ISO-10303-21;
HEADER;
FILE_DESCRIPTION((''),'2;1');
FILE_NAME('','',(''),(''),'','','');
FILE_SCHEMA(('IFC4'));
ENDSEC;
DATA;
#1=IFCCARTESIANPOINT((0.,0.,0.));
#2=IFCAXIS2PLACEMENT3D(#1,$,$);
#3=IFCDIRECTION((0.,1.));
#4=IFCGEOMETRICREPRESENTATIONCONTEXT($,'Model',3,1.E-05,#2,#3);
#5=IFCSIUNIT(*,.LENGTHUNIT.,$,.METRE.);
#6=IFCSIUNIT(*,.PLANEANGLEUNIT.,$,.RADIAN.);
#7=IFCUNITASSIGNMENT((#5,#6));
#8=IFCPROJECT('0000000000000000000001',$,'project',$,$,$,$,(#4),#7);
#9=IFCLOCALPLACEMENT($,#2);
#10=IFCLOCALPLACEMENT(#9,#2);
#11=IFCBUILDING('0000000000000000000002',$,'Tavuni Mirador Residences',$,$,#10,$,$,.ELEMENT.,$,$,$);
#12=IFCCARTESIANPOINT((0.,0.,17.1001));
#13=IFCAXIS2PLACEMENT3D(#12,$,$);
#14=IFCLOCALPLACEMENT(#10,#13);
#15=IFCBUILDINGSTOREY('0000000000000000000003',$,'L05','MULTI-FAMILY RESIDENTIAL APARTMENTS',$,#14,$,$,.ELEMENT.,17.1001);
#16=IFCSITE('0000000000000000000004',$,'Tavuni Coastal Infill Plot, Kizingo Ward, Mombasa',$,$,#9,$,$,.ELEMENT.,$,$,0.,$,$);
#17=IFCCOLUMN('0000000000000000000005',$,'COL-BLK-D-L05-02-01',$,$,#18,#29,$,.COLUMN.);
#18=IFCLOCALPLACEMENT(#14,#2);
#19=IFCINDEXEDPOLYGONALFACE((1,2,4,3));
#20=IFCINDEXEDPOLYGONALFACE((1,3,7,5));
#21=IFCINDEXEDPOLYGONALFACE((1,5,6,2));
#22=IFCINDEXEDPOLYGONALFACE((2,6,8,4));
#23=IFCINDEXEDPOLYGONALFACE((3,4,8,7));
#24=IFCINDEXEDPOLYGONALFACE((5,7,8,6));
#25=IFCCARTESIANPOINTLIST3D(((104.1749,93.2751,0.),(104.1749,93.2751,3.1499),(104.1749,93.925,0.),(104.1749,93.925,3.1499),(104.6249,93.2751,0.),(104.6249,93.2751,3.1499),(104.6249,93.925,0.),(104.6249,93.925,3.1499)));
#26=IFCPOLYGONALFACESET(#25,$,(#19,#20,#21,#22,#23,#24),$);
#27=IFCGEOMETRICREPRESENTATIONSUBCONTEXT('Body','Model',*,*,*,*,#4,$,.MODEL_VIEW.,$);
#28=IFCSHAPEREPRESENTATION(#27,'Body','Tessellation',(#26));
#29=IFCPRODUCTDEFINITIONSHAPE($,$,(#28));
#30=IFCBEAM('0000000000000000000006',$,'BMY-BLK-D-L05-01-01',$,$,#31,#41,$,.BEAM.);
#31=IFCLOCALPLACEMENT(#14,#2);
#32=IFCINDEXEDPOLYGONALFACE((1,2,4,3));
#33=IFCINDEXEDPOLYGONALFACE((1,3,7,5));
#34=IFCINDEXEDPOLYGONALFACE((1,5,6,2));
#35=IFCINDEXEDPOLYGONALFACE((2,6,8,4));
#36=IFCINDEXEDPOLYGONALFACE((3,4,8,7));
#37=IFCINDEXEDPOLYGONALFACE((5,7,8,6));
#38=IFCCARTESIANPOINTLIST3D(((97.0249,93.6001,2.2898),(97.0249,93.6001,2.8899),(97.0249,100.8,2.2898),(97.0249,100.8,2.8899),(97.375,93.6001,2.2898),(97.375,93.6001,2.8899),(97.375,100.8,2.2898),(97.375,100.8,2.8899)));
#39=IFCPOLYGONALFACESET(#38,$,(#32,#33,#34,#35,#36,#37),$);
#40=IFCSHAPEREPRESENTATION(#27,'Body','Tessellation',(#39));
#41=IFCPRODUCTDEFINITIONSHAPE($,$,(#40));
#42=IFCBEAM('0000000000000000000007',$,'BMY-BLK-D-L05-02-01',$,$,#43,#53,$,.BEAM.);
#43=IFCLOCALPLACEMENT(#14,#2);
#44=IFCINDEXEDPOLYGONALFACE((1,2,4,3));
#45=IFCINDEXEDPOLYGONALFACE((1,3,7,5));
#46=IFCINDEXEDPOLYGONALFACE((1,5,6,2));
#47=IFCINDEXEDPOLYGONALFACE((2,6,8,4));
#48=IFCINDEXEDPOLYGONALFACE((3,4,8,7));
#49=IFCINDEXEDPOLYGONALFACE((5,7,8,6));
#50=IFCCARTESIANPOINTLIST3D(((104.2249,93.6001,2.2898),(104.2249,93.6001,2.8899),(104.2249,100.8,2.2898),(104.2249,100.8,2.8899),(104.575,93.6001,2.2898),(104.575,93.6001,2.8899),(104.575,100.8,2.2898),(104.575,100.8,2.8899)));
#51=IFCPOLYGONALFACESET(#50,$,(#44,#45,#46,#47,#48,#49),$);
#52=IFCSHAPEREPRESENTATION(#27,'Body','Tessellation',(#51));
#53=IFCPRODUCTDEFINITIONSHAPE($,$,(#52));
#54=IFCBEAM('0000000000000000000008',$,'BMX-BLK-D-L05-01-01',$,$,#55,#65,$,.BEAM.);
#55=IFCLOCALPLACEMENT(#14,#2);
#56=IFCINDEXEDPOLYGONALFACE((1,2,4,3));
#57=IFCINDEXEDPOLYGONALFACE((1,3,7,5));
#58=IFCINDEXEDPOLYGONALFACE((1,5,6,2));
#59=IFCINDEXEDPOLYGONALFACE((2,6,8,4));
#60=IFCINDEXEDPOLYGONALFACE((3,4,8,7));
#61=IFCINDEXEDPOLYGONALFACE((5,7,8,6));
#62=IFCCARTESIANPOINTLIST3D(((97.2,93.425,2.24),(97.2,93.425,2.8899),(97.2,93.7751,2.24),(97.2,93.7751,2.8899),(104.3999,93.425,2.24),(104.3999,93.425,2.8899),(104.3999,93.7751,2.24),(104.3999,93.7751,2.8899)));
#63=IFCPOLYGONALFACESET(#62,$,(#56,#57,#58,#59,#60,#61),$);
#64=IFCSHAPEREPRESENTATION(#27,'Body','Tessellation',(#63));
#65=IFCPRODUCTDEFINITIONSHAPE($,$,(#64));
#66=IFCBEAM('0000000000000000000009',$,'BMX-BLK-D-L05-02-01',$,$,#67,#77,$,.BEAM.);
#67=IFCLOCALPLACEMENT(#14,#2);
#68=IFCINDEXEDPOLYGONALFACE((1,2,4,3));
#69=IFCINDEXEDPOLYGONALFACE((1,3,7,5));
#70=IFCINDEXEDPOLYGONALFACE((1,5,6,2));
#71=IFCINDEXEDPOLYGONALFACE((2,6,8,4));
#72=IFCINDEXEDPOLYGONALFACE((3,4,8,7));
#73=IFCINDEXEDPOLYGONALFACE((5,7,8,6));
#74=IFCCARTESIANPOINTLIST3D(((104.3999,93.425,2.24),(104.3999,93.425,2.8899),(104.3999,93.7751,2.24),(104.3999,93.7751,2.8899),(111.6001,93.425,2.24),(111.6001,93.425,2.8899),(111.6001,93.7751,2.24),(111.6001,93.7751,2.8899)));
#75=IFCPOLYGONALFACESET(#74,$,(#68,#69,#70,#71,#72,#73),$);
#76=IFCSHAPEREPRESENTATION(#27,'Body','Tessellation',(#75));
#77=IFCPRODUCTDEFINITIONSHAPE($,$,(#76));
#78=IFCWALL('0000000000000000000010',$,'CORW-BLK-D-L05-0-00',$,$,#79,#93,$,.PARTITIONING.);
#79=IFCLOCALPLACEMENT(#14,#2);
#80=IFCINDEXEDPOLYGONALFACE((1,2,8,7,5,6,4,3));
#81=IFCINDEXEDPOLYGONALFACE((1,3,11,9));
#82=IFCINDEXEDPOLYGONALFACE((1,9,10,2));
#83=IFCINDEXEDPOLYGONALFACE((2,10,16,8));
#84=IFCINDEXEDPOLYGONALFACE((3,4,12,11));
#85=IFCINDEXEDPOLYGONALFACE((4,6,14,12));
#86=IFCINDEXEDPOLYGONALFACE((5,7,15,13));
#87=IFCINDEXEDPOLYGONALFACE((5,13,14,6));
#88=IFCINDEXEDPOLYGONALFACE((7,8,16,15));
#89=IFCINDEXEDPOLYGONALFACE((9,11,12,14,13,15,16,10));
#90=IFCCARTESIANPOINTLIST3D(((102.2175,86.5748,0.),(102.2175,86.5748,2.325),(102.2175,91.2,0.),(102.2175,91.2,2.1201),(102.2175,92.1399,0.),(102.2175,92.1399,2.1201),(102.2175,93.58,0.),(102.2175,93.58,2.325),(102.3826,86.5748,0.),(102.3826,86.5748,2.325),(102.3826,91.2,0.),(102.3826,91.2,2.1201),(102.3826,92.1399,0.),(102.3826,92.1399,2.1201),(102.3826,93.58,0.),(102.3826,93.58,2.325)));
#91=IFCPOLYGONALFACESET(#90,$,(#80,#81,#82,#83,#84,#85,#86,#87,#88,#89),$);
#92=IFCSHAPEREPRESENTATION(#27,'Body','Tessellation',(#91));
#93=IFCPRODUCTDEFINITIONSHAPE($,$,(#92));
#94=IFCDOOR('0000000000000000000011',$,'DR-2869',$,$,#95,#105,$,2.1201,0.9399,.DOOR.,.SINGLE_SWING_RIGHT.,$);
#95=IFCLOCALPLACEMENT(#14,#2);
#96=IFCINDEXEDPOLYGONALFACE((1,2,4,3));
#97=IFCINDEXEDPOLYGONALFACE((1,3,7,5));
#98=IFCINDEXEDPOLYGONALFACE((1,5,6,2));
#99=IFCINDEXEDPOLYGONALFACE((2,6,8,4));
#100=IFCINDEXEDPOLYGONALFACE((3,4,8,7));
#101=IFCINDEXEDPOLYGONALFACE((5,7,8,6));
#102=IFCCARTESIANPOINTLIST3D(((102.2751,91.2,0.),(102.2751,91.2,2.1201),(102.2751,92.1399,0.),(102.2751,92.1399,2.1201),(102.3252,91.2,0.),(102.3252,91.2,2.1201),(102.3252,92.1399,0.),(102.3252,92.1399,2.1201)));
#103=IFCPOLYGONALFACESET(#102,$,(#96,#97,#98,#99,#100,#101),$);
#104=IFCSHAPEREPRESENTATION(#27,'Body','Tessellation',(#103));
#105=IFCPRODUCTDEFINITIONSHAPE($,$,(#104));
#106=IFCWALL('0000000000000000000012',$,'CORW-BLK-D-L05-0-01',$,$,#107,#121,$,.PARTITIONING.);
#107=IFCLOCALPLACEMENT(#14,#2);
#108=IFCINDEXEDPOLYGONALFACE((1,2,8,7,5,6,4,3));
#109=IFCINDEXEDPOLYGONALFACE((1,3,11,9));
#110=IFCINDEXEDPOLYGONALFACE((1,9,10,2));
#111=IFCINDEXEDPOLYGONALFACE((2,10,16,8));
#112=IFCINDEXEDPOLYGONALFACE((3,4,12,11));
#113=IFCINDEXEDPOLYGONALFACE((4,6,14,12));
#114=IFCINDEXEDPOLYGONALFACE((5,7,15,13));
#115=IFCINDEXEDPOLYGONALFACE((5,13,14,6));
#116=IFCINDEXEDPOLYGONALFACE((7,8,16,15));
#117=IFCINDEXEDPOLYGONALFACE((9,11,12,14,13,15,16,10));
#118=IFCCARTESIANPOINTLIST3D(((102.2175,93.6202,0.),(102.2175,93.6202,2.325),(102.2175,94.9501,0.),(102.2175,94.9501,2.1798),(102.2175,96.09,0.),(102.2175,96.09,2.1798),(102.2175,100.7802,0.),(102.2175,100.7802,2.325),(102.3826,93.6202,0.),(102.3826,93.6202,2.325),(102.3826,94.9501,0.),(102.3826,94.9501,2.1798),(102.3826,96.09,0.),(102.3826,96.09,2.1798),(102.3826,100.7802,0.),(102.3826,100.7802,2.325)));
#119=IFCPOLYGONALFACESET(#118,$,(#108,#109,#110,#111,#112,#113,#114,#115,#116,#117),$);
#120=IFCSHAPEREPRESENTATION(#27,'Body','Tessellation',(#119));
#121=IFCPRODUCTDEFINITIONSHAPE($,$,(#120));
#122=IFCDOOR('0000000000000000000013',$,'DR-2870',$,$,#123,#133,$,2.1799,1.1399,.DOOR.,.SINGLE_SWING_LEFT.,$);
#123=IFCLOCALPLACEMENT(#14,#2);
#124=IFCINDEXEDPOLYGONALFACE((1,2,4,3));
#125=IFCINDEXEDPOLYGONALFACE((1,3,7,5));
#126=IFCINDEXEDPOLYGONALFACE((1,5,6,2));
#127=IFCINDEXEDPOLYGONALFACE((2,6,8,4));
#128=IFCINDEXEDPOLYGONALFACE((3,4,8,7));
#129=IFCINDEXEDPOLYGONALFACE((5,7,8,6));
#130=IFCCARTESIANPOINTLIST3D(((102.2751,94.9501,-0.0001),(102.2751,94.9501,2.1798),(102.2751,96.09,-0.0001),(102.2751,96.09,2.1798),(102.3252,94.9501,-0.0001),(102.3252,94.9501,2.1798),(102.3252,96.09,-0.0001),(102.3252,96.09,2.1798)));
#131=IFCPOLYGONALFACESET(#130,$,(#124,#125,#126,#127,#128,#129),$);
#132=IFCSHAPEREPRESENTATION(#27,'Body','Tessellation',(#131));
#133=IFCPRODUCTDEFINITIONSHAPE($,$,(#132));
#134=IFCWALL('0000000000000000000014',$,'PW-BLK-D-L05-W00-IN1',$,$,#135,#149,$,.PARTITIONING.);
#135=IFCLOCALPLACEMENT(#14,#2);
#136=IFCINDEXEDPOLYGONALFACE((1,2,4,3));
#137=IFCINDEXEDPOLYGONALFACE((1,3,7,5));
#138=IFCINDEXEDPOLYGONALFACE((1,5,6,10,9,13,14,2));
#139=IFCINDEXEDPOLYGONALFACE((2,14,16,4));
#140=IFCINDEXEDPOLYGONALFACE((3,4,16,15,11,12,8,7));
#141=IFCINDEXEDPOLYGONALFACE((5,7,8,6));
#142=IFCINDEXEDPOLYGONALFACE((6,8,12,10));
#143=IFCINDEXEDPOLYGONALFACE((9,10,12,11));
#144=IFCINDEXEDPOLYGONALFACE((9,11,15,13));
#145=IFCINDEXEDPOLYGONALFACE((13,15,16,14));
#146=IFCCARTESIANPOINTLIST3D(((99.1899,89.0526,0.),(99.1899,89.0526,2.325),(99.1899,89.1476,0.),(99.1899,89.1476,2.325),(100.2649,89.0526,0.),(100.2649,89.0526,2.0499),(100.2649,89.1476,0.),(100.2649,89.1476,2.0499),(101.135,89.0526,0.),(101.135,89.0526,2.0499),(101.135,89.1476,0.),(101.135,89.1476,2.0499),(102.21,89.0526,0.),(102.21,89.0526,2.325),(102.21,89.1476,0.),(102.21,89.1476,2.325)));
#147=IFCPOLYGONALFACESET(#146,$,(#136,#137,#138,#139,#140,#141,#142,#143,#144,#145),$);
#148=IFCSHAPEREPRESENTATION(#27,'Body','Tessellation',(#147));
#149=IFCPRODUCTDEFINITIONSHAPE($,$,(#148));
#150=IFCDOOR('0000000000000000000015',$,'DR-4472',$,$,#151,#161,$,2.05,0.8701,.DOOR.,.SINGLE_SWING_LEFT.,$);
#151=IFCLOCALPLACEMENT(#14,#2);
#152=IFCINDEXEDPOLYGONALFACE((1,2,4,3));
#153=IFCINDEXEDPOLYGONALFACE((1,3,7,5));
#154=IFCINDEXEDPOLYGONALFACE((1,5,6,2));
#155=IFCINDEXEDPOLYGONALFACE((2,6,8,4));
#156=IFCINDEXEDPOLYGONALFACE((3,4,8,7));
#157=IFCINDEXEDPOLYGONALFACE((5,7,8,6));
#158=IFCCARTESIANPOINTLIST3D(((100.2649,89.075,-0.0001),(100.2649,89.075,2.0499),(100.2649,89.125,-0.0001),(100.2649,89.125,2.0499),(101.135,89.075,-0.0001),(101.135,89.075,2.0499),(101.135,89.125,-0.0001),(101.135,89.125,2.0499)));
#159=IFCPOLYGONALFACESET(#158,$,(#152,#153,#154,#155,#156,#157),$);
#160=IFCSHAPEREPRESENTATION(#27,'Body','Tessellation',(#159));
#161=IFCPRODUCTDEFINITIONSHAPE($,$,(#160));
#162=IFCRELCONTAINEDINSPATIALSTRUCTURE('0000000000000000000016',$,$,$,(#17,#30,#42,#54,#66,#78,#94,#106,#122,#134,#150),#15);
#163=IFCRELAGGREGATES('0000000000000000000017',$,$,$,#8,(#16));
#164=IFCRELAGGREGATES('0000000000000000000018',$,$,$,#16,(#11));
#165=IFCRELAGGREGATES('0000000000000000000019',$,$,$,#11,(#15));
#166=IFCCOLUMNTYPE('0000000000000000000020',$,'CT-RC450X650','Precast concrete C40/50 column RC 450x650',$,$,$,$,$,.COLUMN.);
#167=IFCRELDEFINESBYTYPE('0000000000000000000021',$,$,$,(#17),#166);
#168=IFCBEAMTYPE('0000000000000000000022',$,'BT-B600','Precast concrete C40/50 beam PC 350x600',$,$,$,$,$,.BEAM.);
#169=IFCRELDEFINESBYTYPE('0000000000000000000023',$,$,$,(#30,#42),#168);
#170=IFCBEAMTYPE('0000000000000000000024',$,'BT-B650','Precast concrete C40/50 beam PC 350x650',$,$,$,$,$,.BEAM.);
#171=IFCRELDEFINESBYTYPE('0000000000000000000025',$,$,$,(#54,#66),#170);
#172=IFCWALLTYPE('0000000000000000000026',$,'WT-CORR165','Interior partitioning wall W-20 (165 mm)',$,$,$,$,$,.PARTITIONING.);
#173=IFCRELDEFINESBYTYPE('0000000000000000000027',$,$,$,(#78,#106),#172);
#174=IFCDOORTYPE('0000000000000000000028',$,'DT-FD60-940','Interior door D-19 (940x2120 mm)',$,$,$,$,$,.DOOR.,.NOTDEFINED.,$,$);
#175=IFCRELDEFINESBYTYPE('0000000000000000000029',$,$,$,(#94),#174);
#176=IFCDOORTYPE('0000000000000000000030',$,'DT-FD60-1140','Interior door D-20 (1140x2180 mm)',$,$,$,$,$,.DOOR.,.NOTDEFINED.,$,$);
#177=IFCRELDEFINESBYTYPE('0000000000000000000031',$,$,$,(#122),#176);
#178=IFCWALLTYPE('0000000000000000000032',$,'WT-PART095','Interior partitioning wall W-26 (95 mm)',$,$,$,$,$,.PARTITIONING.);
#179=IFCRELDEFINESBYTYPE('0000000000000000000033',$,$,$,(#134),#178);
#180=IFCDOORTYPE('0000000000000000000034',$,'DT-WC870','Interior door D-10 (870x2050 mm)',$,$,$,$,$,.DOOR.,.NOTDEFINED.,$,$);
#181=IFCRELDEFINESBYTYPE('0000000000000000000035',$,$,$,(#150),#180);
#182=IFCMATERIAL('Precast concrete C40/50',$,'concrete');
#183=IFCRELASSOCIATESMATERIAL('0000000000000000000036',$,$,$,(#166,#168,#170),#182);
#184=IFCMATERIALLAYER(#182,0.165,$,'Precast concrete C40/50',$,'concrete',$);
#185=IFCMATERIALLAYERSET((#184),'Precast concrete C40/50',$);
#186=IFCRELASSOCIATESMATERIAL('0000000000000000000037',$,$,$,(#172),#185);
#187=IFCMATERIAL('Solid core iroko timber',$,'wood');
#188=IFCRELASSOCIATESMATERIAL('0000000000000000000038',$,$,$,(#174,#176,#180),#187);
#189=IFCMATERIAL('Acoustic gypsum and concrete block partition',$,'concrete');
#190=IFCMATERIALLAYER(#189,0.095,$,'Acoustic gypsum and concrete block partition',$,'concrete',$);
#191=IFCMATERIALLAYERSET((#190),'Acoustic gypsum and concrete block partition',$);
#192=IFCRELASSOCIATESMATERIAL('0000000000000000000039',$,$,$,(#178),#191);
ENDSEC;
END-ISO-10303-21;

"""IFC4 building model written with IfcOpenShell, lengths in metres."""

from ifc_helpers import new_model, si_unit, direction, frame, frame_2d, origin, origin_2d, place, context, subcontext, project, spatial, rectangle, extrude, material, layer, layer_set, material_profile, profile_set, type_object, element, fill, save


model = new_model("IFC4")

# Units and contexts
model_context = context("Model", 3, precision=1e-05, world=origin(), true_north=direction((0.0, 1.0)))
body_context = subcontext(model_context, "Body", "Model", "MODEL_VIEW")
ifc_project = project(units=[si_unit("LENGTHUNIT", "METRE"), si_unit("PLANEANGLEUNIT", "RADIAN")], contexts=[model_context])

# Site, building, storey
site_placement = place(None, origin())
site = spatial("IfcSite", under=ifc_project, at=site_placement, Name="Tavuni Coastal Infill Plot, Kizingo Ward, Mombasa", CompositionType="ELEMENT", RefElevation=0.0)
building_placement = place(site_placement, origin())
building = spatial("IfcBuilding", under=site, at=building_placement, Name="Tavuni Mirador Residences", CompositionType="ELEMENT")
storey_placement = place(building_placement, frame((0.0, 0.0, 17.1001)))
storey = spatial("IfcBuildingStorey", under=building, at=storey_placement, Name="L05", Description="MULTI-FAMILY RESIDENTIAL APARTMENTS", CompositionType="ELEMENT", Elevation=17.1001)

# Column
ifc_material_1 = material(Name="Precast concrete C40/50", Category="concrete")
ifc_material_profile_1 = material_profile(ifc_material_1, rectangle(XDim=0.45, YDim=0.6499, at=origin_2d()), Name="RC 450x650", Category="concrete")
ifc_profile_set_1 = profile_set([ifc_material_profile_1], Name="Precast concrete C40/50")
column_type = type_object("IfcColumnType", Name="CT-RC450X650", Description="Precast concrete C40/50 column RC 450x650", PredefinedType="COLUMN", material=ifc_profile_set_1)
column_placement = place(storey_placement, frame((104.3999, 93.6001, 0.0), z_axis=(0.0, 0.0, 1.0), x_axis=(1.0, 0.0, 0.0)))
element("IfcColumn", 1, at=column_placement, inside=storey, type_object=column_type, Name="COL-BLK-D-L05-02-01", PredefinedType="COLUMN", context=body_context, shape_type="SweptSolid", body=[
    extrude(rectangle(XDim=0.45, YDim=0.6499, at=origin_2d()), origin(), (0.0, 0.0, 1.0), 3.1499),
])

# Beams
ifc_material_profile_2 = material_profile(ifc_material_1, rectangle(XDim=0.3501, YDim=0.6001, at=origin_2d()), Name="PC 350x600", Category="concrete")
ifc_profile_set_2 = profile_set([ifc_material_profile_2], Name="Precast concrete C40/50")
beam_type_1 = type_object("IfcBeamType", Name="BT-B600", Description="Precast concrete C40/50 beam PC 350x600", PredefinedType="BEAM", material=ifc_profile_set_2)
for number, where, z_axis, x_axis, name in (
    (2, (97.2, 93.6001, 2.5898), (0.0, 1.0, 0.0), (-1.0, 0.0, 0.0), "BMY-BLK-D-L05-01-01"),
    (3, (104.3999, 93.6001, 2.5898), (0.0, 1.0, 0.0), (-1.0, 0.0, 0.0), "BMY-BLK-D-L05-02-01"),
):
    element("IfcBeam", number, at=place(storey_placement, frame(where, z_axis=z_axis, x_axis=x_axis)), inside=storey, type_object=beam_type_1, Name=name, PredefinedType="BEAM", context=body_context, shape_type="SweptSolid", body=[
        extrude(rectangle(XDim=0.3501, YDim=0.6001, at=origin_2d()), origin(), (0.0, 0.0, 1.0), 7.2),
    ])
ifc_material_profile_3 = material_profile(ifc_material_1, rectangle(XDim=0.3501, YDim=0.6499, at=origin_2d()), Name="PC 350x650", Category="concrete")
ifc_profile_set_3 = profile_set([ifc_material_profile_3], Name="Precast concrete C40/50")
beam_type_2 = type_object("IfcBeamType", Name="BT-B650", Description="Precast concrete C40/50 beam PC 350x650", PredefinedType="BEAM", material=ifc_profile_set_3)
beam_1_placement = place(storey_placement, frame((97.2, 93.6001, 2.5649), z_axis=(1.0, 0.0, 0.0), x_axis=(0.0, 1.0, 0.0)))
element("IfcBeam", 4, at=beam_1_placement, inside=storey, type_object=beam_type_2, Name="BMX-BLK-D-L05-01-01", PredefinedType="BEAM", context=body_context, shape_type="SweptSolid", body=[
    extrude(rectangle(XDim=0.3501, YDim=0.6499, at=origin_2d()), origin(), (0.0, 0.0, 1.0), 7.2),
])
beam_2_placement = place(storey_placement, frame((104.3999, 93.6001, 2.5649), z_axis=(1.0, 0.0, 0.0), x_axis=(0.0, 1.0, 0.0)))
element("IfcBeam", 5, at=beam_2_placement, inside=storey, type_object=beam_type_2, Name="BMX-BLK-D-L05-02-01", PredefinedType="BEAM", context=body_context, shape_type="SweptSolid", body=[
    extrude(rectangle(XDim=0.3501, YDim=0.6499, at=origin_2d()), origin(), (0.0, 0.0, 1.0), 7.2002),
])

# Walls, openings, doors
ifc_layer_1 = layer(ifc_material_1, 0.165, Name="Precast concrete C40/50", Category="concrete")
ifc_layer_set_1 = layer_set([ifc_layer_1], Name="Precast concrete C40/50")
wall_type_1 = type_object("IfcWallType", Name="WT-CORR165", Description="Interior partitioning wall W-20 (165 mm)", PredefinedType="PARTITIONING", material=ifc_layer_set_1)
wall_1_placement = place(storey_placement, frame((102.3, 86.575, 0.0), z_axis=(0.0, 0.0, 1.0), x_axis=(0.0, 1.0, 0.0)))
wall_1 = element("IfcWall", 6, at=wall_1_placement, inside=storey, type_object=wall_type_1, Name="CORW-BLK-D-L05-0-00", PredefinedType="PARTITIONING", context=body_context, shape_type="SweptSolid", body=[
    extrude(rectangle(XDim=7.0051, YDim=0.165, at=frame_2d((3.5024, 0.0))), origin(), (0.0, 0.0, 1.0), 2.325),
])
opening_1_placement = place(wall_1_placement, frame((4.625, 0.0, 0.0)))
opening_1 = element("IfcOpeningElement", 7, at=opening_1_placement, cuts=wall_1, PredefinedType="OPENING", context=body_context, shape_type="SweptSolid", body=[
    extrude(rectangle(XDim=0.9399, YDim=2.1201, at=frame_2d((0.47, 1.0601))), frame((0.0, 0.0925, 0.0), z_axis=(0.0, -1.0, 0.0), x_axis=(1.0, 0.0, 0.0)), (0.0, 0.0, 1.0), 0.1851),
])
ifc_material_2 = material(Name="Solid core iroko timber", Category="wood")
door_type_1 = type_object("IfcDoorType", Name="DT-FD60-940", Description="Interior door D-19 (940x2120 mm)", OperationType="NOTDEFINED", PredefinedType="DOOR", material=ifc_material_2)
door_1_placement = place(opening_1_placement, origin())
door_1 = element("IfcDoor", 8, at=door_1_placement, inside=storey, type_object=door_type_1, Name="DR-2869", OperationType="SINGLE_SWING_RIGHT", OverallHeight=2.1201, OverallWidth=0.9399, PredefinedType="DOOR", context=body_context, shape_type="SweptSolid", body=[
    extrude(rectangle(XDim=0.9399, YDim=2.1201, at=frame_2d((0.47, 1.0601))), frame((0.0, 0.0249, 0.0), z_axis=(0.0, -1.0, 0.0), x_axis=(1.0, 0.0, 0.0)), (0.0, 0.0, 1.0), 0.05),
])
fill(opening_1, door_1)
wall_2_placement = place(storey_placement, frame((102.3, 93.6201, 0.0), z_axis=(0.0, 0.0, 1.0), x_axis=(0.0, 1.0, 0.0)))
wall_2 = element("IfcWall", 9, at=wall_2_placement, inside=storey, type_object=wall_type_1, Name="CORW-BLK-D-L05-0-01", PredefinedType="PARTITIONING", context=body_context, shape_type="SweptSolid", body=[
    extrude(rectangle(XDim=7.1599, YDim=0.165, at=frame_2d((3.5801, 0.0))), origin(), (0.0, 0.0, 1.0), 2.325),
])
opening_2_placement = place(wall_2_placement, frame((1.3301, 0.0, 0.0)))
opening_2 = element("IfcOpeningElement", 10, at=opening_2_placement, cuts=wall_2, PredefinedType="OPENING", context=body_context, shape_type="SweptSolid", body=[
    extrude(rectangle(XDim=1.1399, YDim=2.1799, at=frame_2d((0.5698, 1.0898))), frame((0.0, 0.0925, 0.0), z_axis=(0.0, -1.0, 0.0), x_axis=(1.0, 0.0, 0.0)), (0.0, 0.0, 1.0), 0.1851),
])
door_type_2 = type_object("IfcDoorType", Name="DT-FD60-1140", Description="Interior door D-20 (1140x2180 mm)", OperationType="NOTDEFINED", PredefinedType="DOOR", material=ifc_material_2)
door_2_placement = place(opening_2_placement, origin())
door_2 = element("IfcDoor", 11, at=door_2_placement, inside=storey, type_object=door_type_2, Name="DR-2870", OperationType="SINGLE_SWING_LEFT", OverallHeight=2.1799, OverallWidth=1.1399, PredefinedType="DOOR", context=body_context, shape_type="SweptSolid", body=[
    extrude(rectangle(XDim=1.1399, YDim=2.1799, at=frame_2d((0.5698, 1.0898))), frame((0.0, 0.0249, 0.0), z_axis=(0.0, -1.0, 0.0), x_axis=(1.0, 0.0, 0.0)), (0.0, 0.0, 1.0), 0.05),
])
fill(opening_2, door_2)
ifc_material_3 = material(Name="Acoustic gypsum and concrete block partition", Category="concrete")
ifc_layer_2 = layer(ifc_material_3, 0.095, Name="Acoustic gypsum and concrete block partition", Category="concrete")
ifc_layer_set_2 = layer_set([ifc_layer_2], Name="Acoustic gypsum and concrete block partition")
wall_type_2 = type_object("IfcWallType", Name="WT-PART095", Description="Interior partitioning wall W-26 (95 mm)", PredefinedType="PARTITIONING", material=ifc_layer_set_2)
wall_3_placement = place(storey_placement, frame((99.1899, 89.1001, 0.0), z_axis=(0.0, 0.0, 1.0), x_axis=(1.0, 0.0, 0.0)))
wall_3 = element("IfcWall", 12, at=wall_3_placement, inside=storey, type_object=wall_type_2, Name="PW-BLK-D-L05-W00-IN1", PredefinedType="PARTITIONING", context=body_context, shape_type="SweptSolid", body=[
    extrude(rectangle(XDim=3.02, YDim=0.095, at=frame_2d((1.51, 0.0))), origin(), (0.0, 0.0, 1.0), 2.325),
])
opening_3_placement = place(wall_3_placement, frame((1.075, 0.0, 0.0)))
opening_3 = element("IfcOpeningElement", 13, at=opening_3_placement, cuts=wall_3, PredefinedType="OPENING", context=body_context, shape_type="SweptSolid", body=[
    extrude(rectangle(XDim=0.8701, YDim=2.05, at=frame_2d((0.4351, 1.0249))), frame((0.0, 0.0576, 0.0), z_axis=(0.0, -1.0, 0.0), x_axis=(1.0, 0.0, 0.0)), (0.0, 0.0, 1.0), 0.115),
])
door_type_3 = type_object("IfcDoorType", Name="DT-WC870", Description="Interior door D-10 (870x2050 mm)", OperationType="NOTDEFINED", PredefinedType="DOOR", material=ifc_material_2)
door_3_placement = place(opening_3_placement, origin())
door_3 = element("IfcDoor", 14, at=door_3_placement, inside=storey, type_object=door_type_3, Name="DR-4472", OperationType="SINGLE_SWING_LEFT", OverallHeight=2.05, OverallWidth=0.8701, PredefinedType="DOOR", context=body_context, shape_type="SweptSolid", body=[
    extrude(rectangle(XDim=0.8701, YDim=2.05, at=frame_2d((0.4351, 1.0249))), frame((0.0, 0.0249, 0.0), z_axis=(0.0, -1.0, 0.0), x_axis=(1.0, 0.0, 0.0)), (0.0, 0.0, 1.0), 0.05),
])
fill(opening_3, door_3)

save(model, "model.ifc")
